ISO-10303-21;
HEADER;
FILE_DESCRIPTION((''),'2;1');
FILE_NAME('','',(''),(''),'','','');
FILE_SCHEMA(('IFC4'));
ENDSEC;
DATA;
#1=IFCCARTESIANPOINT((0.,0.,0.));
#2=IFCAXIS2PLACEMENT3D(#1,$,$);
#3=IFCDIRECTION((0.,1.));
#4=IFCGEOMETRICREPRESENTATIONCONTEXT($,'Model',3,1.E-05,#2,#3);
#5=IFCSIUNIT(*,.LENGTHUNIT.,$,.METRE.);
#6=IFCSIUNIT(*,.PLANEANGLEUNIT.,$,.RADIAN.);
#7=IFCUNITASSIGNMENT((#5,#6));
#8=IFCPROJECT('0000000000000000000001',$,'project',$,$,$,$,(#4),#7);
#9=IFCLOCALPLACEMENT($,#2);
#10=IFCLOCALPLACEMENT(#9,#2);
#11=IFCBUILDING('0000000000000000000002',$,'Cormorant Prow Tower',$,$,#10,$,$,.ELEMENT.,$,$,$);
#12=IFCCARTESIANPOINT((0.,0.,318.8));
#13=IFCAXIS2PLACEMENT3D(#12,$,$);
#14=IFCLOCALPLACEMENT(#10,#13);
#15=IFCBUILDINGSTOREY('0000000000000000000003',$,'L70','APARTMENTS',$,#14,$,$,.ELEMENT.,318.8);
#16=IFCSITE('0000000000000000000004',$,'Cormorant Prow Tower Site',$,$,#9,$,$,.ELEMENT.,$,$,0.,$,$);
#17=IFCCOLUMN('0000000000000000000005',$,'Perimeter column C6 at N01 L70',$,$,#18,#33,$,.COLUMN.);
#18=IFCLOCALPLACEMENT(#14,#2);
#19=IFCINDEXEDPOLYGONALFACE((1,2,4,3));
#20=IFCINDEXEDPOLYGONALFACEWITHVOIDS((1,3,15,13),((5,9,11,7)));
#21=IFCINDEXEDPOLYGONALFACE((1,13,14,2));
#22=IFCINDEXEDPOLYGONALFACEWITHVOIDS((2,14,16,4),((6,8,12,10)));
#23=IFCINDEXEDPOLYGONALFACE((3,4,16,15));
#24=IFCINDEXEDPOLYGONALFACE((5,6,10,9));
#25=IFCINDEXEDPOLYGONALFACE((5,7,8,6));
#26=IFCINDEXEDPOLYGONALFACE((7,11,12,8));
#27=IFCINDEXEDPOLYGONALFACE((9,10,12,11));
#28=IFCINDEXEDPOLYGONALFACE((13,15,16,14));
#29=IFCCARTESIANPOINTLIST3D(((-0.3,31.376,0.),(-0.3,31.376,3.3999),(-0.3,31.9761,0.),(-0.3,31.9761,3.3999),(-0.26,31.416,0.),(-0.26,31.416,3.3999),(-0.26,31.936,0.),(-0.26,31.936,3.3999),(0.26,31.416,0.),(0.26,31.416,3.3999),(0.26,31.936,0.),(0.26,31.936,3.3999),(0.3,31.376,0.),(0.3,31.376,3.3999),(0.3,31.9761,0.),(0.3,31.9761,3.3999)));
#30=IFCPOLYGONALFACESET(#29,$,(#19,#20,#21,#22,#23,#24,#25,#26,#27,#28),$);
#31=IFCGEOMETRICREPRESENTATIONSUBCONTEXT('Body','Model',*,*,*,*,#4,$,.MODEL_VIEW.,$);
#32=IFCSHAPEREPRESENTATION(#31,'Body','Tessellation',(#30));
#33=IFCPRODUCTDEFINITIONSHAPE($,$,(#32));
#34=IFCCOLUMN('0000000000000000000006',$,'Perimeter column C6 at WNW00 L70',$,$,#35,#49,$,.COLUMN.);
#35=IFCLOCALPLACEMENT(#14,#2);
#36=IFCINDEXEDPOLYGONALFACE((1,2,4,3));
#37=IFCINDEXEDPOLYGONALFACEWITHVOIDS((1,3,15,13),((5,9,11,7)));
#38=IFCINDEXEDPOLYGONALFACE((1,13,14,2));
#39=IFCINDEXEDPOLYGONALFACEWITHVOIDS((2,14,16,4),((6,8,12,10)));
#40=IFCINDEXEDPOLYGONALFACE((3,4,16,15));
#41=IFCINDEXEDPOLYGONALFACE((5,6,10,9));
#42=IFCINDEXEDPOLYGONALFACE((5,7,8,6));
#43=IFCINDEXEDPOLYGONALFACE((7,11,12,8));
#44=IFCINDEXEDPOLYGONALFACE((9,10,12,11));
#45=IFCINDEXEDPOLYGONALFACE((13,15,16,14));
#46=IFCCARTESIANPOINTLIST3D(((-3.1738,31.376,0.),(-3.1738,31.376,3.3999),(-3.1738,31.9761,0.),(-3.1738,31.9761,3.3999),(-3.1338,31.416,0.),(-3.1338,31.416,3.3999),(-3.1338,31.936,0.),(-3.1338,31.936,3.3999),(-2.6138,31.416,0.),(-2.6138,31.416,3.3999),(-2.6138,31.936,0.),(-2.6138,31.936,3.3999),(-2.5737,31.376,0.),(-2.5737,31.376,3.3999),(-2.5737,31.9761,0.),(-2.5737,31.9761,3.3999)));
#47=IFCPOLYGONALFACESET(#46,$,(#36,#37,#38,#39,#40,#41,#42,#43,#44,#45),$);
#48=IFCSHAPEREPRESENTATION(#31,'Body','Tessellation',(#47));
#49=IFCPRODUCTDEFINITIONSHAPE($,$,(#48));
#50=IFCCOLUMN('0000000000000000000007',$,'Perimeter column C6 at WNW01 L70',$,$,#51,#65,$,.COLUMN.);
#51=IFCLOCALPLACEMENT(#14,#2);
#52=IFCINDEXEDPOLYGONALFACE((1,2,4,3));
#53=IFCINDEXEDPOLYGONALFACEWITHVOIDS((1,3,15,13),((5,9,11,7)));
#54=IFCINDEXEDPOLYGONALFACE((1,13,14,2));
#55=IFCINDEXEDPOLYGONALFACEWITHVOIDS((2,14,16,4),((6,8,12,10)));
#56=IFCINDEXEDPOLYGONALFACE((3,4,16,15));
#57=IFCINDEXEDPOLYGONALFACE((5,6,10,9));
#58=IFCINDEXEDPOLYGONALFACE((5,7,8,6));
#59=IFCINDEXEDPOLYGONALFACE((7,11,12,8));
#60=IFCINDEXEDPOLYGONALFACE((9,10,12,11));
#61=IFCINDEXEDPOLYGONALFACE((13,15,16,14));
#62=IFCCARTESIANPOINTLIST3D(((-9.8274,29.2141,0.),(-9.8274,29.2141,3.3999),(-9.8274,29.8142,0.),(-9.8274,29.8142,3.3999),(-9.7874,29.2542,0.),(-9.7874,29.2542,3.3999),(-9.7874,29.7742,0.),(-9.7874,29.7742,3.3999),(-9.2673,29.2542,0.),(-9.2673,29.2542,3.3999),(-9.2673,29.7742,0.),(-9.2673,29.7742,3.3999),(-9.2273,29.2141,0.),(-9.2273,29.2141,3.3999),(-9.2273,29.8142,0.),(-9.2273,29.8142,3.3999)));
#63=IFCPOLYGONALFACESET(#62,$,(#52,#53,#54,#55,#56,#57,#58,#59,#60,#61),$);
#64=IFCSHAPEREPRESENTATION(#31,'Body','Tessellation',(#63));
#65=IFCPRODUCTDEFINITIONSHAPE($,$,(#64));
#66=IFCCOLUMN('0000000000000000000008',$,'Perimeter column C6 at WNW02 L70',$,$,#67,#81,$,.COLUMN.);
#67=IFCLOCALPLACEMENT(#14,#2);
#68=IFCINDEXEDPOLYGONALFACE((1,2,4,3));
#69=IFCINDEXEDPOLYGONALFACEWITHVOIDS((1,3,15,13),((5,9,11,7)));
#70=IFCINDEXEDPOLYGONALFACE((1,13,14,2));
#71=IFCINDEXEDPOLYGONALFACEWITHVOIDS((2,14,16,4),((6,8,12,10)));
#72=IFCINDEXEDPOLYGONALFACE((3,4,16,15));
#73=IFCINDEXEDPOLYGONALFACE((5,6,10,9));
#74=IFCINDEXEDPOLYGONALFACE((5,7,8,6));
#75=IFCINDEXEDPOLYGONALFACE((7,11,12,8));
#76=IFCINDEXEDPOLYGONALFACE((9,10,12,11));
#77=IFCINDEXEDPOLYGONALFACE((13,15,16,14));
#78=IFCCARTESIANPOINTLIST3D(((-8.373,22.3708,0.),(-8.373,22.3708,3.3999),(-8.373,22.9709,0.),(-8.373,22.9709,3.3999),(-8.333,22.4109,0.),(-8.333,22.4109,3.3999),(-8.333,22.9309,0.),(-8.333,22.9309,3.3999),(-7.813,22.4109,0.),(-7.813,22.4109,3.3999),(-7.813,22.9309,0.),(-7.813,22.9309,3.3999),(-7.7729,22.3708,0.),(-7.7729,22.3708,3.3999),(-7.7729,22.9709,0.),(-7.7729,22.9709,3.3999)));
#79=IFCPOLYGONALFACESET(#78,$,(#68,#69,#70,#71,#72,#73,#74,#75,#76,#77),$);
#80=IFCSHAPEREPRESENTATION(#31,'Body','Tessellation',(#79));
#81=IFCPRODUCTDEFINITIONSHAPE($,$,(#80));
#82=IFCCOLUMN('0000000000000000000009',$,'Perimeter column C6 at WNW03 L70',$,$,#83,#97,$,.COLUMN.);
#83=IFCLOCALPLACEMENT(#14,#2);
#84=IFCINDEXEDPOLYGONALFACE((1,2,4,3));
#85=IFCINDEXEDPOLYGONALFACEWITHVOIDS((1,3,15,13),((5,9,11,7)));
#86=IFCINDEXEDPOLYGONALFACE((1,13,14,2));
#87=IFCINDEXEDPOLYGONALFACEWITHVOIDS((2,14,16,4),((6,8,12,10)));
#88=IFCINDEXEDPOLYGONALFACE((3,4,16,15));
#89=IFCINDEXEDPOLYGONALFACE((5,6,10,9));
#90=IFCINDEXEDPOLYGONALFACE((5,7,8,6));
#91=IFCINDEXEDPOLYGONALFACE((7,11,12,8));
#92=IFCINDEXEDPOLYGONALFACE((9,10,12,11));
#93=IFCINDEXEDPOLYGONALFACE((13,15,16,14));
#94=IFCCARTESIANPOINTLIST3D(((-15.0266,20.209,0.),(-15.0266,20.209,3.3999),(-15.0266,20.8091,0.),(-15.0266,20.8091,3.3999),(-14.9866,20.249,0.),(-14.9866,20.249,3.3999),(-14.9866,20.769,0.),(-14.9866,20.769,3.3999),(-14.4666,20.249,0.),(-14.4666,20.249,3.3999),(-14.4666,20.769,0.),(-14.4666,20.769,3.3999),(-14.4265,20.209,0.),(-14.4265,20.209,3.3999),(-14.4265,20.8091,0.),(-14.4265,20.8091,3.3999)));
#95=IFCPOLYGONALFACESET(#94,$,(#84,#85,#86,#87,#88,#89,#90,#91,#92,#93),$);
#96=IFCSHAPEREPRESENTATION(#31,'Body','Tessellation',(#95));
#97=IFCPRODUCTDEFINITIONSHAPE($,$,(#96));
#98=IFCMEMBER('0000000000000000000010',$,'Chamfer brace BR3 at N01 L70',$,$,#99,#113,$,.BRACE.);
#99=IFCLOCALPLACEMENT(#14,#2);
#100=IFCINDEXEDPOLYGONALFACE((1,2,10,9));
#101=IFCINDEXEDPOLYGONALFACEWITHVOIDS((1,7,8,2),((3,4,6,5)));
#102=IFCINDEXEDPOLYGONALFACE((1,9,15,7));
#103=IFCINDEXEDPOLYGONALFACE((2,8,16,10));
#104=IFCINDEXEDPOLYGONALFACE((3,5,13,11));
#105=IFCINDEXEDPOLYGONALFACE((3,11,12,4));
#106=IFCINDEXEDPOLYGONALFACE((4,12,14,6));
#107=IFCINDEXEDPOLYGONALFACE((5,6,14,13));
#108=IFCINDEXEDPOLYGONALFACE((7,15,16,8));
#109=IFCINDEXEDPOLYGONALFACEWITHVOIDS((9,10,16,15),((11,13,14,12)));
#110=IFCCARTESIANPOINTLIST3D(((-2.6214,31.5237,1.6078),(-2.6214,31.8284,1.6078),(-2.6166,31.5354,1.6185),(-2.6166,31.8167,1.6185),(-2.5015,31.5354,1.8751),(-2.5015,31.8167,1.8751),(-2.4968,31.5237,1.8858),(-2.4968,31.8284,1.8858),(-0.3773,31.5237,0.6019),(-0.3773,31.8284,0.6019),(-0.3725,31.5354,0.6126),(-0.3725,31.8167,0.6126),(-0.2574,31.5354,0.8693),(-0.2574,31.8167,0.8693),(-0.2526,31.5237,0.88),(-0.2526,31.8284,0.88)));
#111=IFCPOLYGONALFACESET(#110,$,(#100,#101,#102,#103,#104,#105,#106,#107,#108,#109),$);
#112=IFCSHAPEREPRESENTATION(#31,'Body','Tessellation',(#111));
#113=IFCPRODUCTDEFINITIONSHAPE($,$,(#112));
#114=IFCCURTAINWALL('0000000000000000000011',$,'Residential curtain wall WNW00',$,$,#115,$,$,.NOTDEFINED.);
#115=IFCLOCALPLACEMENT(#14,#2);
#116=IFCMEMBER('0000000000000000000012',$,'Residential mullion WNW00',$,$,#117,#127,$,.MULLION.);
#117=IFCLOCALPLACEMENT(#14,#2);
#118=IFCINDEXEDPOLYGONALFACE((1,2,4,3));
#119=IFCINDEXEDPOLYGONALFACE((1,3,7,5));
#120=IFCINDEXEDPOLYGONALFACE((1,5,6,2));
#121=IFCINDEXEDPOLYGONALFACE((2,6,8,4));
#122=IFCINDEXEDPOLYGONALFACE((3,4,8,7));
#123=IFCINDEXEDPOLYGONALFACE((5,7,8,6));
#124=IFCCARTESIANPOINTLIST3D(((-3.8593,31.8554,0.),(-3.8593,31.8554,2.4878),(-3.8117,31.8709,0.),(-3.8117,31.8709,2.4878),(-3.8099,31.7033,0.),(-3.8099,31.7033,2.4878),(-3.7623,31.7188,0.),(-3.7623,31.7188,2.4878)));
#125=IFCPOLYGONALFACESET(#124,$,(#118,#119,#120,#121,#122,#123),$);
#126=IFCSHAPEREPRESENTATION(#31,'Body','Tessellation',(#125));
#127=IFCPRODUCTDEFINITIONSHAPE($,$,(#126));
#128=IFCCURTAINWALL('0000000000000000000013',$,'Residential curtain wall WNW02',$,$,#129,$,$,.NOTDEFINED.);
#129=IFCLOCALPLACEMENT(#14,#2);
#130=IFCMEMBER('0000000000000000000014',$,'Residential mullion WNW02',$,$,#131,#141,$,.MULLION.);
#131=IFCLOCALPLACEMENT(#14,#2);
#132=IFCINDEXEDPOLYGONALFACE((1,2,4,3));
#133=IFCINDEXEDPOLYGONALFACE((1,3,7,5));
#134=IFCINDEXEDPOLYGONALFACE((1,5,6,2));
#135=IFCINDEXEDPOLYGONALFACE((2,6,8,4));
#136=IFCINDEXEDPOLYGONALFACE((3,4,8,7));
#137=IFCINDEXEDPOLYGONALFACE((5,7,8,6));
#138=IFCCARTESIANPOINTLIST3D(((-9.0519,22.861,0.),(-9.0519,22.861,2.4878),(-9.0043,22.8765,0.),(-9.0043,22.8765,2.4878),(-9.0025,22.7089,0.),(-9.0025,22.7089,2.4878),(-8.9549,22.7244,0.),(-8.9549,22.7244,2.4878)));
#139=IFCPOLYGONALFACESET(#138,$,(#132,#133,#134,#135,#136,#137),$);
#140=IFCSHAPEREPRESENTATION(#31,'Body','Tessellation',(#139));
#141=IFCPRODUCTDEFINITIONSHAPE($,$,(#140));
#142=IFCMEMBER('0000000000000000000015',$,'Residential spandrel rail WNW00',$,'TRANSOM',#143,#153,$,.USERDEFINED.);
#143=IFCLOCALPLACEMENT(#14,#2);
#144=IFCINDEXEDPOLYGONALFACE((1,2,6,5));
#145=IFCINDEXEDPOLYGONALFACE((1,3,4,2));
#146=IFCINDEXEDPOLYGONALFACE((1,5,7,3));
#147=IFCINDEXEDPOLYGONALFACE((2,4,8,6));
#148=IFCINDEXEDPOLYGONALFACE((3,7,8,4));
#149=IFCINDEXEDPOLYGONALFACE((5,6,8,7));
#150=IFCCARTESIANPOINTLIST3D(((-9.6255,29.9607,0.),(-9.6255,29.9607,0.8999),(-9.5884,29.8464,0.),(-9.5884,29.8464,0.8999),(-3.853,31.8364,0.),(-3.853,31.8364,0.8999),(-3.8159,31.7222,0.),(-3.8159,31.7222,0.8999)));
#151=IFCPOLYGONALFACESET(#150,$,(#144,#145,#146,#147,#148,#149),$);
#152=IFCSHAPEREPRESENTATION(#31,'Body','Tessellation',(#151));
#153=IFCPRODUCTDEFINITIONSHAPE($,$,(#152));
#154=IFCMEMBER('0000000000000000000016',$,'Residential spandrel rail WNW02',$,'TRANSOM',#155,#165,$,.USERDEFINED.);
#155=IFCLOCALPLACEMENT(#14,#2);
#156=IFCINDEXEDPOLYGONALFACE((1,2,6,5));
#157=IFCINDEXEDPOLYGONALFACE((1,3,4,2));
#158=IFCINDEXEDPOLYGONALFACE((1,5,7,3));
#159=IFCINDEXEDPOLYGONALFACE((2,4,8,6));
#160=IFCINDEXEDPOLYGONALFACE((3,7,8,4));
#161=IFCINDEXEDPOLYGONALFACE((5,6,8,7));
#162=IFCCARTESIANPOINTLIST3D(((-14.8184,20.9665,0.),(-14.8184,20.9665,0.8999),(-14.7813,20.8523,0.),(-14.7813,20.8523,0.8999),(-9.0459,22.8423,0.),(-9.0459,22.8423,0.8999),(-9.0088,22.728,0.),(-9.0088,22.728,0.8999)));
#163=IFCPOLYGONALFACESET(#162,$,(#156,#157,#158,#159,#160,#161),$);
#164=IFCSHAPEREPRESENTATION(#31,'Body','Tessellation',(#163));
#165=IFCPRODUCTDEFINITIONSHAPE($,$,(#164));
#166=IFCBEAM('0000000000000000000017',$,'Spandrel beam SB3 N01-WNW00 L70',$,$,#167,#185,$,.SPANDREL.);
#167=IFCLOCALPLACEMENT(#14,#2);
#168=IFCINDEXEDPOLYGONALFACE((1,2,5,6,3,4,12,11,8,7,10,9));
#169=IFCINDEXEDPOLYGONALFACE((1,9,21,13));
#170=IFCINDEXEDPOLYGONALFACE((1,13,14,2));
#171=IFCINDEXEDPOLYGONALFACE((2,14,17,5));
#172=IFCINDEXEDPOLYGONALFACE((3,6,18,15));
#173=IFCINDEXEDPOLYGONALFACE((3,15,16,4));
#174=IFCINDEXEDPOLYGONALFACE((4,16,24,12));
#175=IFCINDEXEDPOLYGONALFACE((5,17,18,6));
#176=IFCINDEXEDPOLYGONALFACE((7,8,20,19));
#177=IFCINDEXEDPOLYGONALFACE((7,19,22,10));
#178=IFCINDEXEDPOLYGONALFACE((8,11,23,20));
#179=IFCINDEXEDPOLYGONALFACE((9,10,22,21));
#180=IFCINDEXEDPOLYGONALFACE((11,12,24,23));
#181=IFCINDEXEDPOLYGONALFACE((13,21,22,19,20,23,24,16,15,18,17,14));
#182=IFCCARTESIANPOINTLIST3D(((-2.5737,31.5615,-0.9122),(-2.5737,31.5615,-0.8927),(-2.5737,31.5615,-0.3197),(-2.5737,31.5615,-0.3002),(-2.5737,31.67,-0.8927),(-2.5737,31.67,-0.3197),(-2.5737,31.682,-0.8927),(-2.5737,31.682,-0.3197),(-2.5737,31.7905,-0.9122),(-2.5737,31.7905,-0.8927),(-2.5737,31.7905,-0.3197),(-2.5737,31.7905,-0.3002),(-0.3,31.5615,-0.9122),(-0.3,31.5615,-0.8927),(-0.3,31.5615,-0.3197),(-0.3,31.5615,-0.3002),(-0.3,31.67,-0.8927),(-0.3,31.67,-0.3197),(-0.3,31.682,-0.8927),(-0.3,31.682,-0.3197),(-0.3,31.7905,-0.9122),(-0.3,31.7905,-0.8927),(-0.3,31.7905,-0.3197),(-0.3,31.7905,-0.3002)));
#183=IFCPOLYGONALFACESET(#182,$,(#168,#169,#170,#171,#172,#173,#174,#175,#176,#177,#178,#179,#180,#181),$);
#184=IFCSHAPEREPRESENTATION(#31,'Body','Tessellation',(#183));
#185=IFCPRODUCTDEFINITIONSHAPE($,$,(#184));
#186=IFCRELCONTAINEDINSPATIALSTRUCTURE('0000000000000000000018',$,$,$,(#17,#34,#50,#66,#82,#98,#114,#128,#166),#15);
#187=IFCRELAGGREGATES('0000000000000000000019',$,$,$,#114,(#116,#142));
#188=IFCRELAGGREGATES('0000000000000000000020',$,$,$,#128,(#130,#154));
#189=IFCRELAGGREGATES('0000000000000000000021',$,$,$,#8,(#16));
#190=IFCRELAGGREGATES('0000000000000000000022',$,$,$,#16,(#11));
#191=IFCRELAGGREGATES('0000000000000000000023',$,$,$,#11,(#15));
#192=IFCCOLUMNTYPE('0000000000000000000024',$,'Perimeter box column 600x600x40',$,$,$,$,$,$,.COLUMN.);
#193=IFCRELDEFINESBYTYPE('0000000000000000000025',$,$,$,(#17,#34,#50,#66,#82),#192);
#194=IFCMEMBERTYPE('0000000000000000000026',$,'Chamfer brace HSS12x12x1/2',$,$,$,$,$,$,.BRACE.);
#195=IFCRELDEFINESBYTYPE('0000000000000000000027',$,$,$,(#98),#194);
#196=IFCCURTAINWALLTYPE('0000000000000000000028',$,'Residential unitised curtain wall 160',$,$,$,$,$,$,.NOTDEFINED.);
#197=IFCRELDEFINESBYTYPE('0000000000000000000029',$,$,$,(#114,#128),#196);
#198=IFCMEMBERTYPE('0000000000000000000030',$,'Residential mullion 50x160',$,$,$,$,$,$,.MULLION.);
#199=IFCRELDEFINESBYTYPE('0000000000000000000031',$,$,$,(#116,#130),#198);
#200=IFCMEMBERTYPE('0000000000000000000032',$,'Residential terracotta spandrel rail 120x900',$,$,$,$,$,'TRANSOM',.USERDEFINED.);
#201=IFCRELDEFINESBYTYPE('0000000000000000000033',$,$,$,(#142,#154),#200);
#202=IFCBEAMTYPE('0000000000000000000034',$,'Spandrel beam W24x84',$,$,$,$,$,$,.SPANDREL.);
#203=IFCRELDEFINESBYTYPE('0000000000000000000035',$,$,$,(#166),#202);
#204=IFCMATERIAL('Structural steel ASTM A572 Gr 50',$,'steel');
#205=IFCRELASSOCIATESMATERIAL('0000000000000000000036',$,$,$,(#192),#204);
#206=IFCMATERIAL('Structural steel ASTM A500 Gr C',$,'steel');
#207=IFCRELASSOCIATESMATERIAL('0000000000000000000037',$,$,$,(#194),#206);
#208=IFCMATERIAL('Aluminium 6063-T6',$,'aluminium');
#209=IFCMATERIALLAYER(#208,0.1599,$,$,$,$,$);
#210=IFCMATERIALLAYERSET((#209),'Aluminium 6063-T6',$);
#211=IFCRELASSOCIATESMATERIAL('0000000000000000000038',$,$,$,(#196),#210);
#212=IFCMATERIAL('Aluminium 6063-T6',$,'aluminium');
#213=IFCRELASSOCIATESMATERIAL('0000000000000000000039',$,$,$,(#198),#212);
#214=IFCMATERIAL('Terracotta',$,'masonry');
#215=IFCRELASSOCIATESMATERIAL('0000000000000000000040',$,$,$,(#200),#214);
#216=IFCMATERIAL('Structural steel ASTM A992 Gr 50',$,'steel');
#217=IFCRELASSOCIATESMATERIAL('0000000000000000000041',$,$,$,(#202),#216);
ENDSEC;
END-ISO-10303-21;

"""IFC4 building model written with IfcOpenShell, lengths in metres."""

from ifc_helpers import new_model, si_unit, direction, frame, origin, origin_2d, place, context, subcontext, project, spatial, rectangle, hollow_rectangle, i_section, extrude, material, layer, layer_set, material_profile, profile_set, type_object, element, aggregate, save


model = new_model("IFC4")

# Units and contexts
model_context = context("Model", 3, precision=1e-05, world=origin(), true_north=direction((0.0, 1.0)))
body_context = subcontext(model_context, "Body", "Model", "MODEL_VIEW")
ifc_project = project(units=[si_unit("LENGTHUNIT", "METRE"), si_unit("PLANEANGLEUNIT", "RADIAN")], contexts=[model_context])

# Site, building, storey
site_placement = place(None, origin())
site = spatial("IfcSite", under=ifc_project, at=site_placement, Name="Cormorant Prow Tower Site", CompositionType="ELEMENT", RefElevation=0.0)
building_placement = place(site_placement, origin())
building = spatial("IfcBuilding", under=site, at=building_placement, Name="Cormorant Prow Tower", CompositionType="ELEMENT")
storey_placement = place(building_placement, frame((0.0, 0.0, 318.8)))
storey = spatial("IfcBuildingStorey", under=building, at=storey_placement, Name="L70", Description="APARTMENTS", CompositionType="ELEMENT", Elevation=318.8)

# Columns
ifc_material_1 = material(Name="Structural steel ASTM A572 Gr 50", Category="steel")
ifc_material_profile_1 = material_profile(ifc_material_1, hollow_rectangle(XDim=0.6001, YDim=0.6001, WallThickness=0.04, at=origin_2d()), Name="Box 600x600x40")
ifc_profile_set_1 = profile_set([ifc_material_profile_1], Name="Structural steel ASTM A572 Gr 50")
column_type = type_object("IfcColumnType", Name="Perimeter box column 600x600x40", PredefinedType="COLUMN", material=ifc_profile_set_1)
for number, where, z_axis, x_axis, name in (
    (1, (0.0, 31.676, 0.0), (0.0, 0.0, 1.0), (1.0, 0.0, 0.0), "Perimeter column C6 at N01 L70"),
    (2, (-2.8738, 31.676, 0.0), (0.0, 0.0, 1.0), (1.0, 0.0, 0.0), "Perimeter column C6 at WNW00 L70"),
    (3, (-9.5273, 29.5142, 0.0), (0.0, 0.0, 1.0), (1.0, 0.0, 0.0), "Perimeter column C6 at WNW01 L70"),
    (4, (-8.073, 22.6709, 0.0), (0.0, 0.0, 1.0), (1.0, 0.0, 0.0), "Perimeter column C6 at WNW02 L70"),
    (5, (-14.7266, 20.509, 0.0), (0.0, 0.0, 1.0), (1.0, 0.0, 0.0), "Perimeter column C6 at WNW03 L70"),
):
    element("IfcColumn", number, at=place(storey_placement, frame(where, z_axis=z_axis, x_axis=x_axis)), inside=storey, type_object=column_type, Name=name, PredefinedType="COLUMN", context=body_context, shape_type="SweptSolid", body=[
        extrude(hollow_rectangle(XDim=0.6001, YDim=0.6001, WallThickness=0.04, at=origin_2d()), origin(), (0.0, 0.0, 1.0), 3.3999),
    ])

# Member
ifc_material_2 = material(Name="Structural steel ASTM A500 Gr C", Category="steel")
ifc_material_profile_2 = material_profile(ifc_material_2, hollow_rectangle(XDim=0.3047, YDim=0.3047, WallThickness=0.0117, at=origin_2d()), Name="HSS12x12x1/2")
ifc_profile_set_2 = profile_set([ifc_material_profile_2], Name="Structural steel ASTM A500 Gr C")
member_type_1 = type_object("IfcMemberType", Name="Chamfer brace HSS12x12x1/2", PredefinedType="BRACE", material=ifc_profile_set_2)
member_1_placement = place(storey_placement, frame((-0.3149, 31.676, 0.741), z_axis=(-0.91253, 0.0, 0.40901), x_axis=(0.0, -1.0, 0.0)))
element("IfcMember", 6, at=member_1_placement, inside=storey, type_object=member_type_1, Name="Chamfer brace BR3 at N01 L70", PredefinedType="BRACE", context=body_context, shape_type="SweptSolid", body=[
    extrude(hollow_rectangle(XDim=0.3047, YDim=0.3047, WallThickness=0.0117, at=origin_2d()), origin(), (0.0, 0.0, 1.0), 2.4592),
])

# Curtain walls, members
ifc_material_3 = material(Name="Aluminium 6063-T6", Category="aluminium")
ifc_layer_1 = layer(ifc_material_3, 0.1599)
ifc_layer_set_1 = layer_set([ifc_layer_1], Name="Aluminium 6063-T6")
curtain_wall_type = type_object("IfcCurtainWallType", Name="Residential unitised curtain wall 160", PredefinedType="NOTDEFINED", material=ifc_layer_set_1)
curtain_wall_1_placement = place(storey_placement, origin())
curtain_wall_1 = element("IfcCurtainWall", 7, at=curtain_wall_1_placement, inside=storey, type_object=curtain_wall_type, Name="Residential curtain wall WNW00", PredefinedType="NOTDEFINED")
ifc_material_4 = material(Name="Aluminium 6063-T6", Category="aluminium")
ifc_material_profile_3 = material_profile(ifc_material_4, rectangle(XDim=0.1599, YDim=0.05, at=origin_2d()), Name="Residential mullion 50x160")
ifc_profile_set_3 = profile_set([ifc_material_profile_3], Name="Aluminium 6063-T6")
member_type_2 = type_object("IfcMemberType", Name="Residential mullion 50x160", PredefinedType="MULLION", material=ifc_profile_set_3)
member_2_placement = place(storey_placement, frame((-3.8108, 31.7871, 0.0), z_axis=(0.0, 0.0, 1.0), x_axis=(0.309017, -0.951057, 0.0)))
member_2 = element("IfcMember", 8, at=member_2_placement, type_object=member_type_2, Name="Residential mullion WNW00", PredefinedType="MULLION", context=body_context, shape_type="SweptSolid", body=[
    extrude(rectangle(XDim=0.1599, YDim=0.05, at=origin_2d()), origin(), (0.0, 0.0, 1.0), 2.4878),
])
curtain_wall_2_placement = place(storey_placement, origin())
curtain_wall_2 = element("IfcCurtainWall", 9, at=curtain_wall_2_placement, inside=storey, type_object=curtain_wall_type, Name="Residential curtain wall WNW02", PredefinedType="NOTDEFINED")
member_3_placement = place(storey_placement, frame((-9.0034, 22.7927, 0.0), z_axis=(0.0, 0.0, 1.0), x_axis=(0.309017, -0.951057, 0.0)))
member_3 = element("IfcMember", 10, at=member_3_placement, type_object=member_type_2, Name="Residential mullion WNW02", PredefinedType="MULLION", context=body_context, shape_type="SweptSolid", body=[
    extrude(rectangle(XDim=0.1599, YDim=0.05, at=origin_2d()), origin(), (0.0, 0.0, 1.0), 2.4878),
])

# Members
ifc_material_5 = material(Name="Terracotta", Category="masonry")
ifc_material_profile_4 = material_profile(ifc_material_5, rectangle(XDim=0.1201, YDim=0.8999, at=origin_2d()), Name="Residential terracotta spandrel rail 120x900")
ifc_profile_set_4 = profile_set([ifc_material_profile_4], Name="Terracotta")
member_type_3 = type_object("IfcMemberType", Name="Residential terracotta spandrel rail 120x900", ElementType="TRANSOM", PredefinedType="USERDEFINED", material=ifc_profile_set_4)
member_4_placement = place(storey_placement, frame((-3.8345, 31.7793, 0.45), z_axis=(-0.951049, -0.309039, 0.0), x_axis=(0.309039, -0.951049, 0.0)))
member_4 = element("IfcMember", 11, at=member_4_placement, type_object=member_type_3, Name="Residential spandrel rail WNW00", ObjectType="TRANSOM", PredefinedType="USERDEFINED", context=body_context, shape_type="SweptSolid", body=[
    extrude(rectangle(XDim=0.1201, YDim=0.8999, at=origin_2d()), origin(), (0.0, 0.0, 1.0), 6.0696),
])
member_5_placement = place(storey_placement, frame((-9.0273, 22.7852, 0.45), z_axis=(-0.951049, -0.309039, 0.0), x_axis=(0.309039, -0.951049, 0.0)))
member_5 = element("IfcMember", 12, at=member_5_placement, type_object=member_type_3, Name="Residential spandrel rail WNW02", ObjectType="TRANSOM", PredefinedType="USERDEFINED", context=body_context, shape_type="SweptSolid", body=[
    extrude(rectangle(XDim=0.1201, YDim=0.8999, at=origin_2d()), origin(), (0.0, 0.0, 1.0), 6.0696),
])

# Beam
ifc_material_6 = material(Name="Structural steel ASTM A992 Gr 50", Category="steel")
ifc_material_profile_5 = material_profile(ifc_material_6, i_section(OverallWidth=0.229, OverallDepth=0.6121, WebThickness=0.012, FlangeThickness=0.0195, at=origin_2d()), Name="W24x84")
ifc_profile_set_5 = profile_set([ifc_material_profile_5], Name="Structural steel ASTM A992 Gr 50")
beam_type = type_object("IfcBeamType", Name="Spandrel beam W24x84", PredefinedType="SPANDREL", material=ifc_profile_set_5)
beam_1_placement = place(storey_placement, frame((-0.3, 31.676, -0.6062), z_axis=(-1.0, 0.0, 0.0), x_axis=(0.0, -1.0, 0.0)))
element("IfcBeam", 13, at=beam_1_placement, inside=storey, type_object=beam_type, Name="Spandrel beam SB3 N01-WNW00 L70", PredefinedType="SPANDREL", context=body_context, shape_type="SweptSolid", body=[
    extrude(i_section(OverallWidth=0.229, OverallDepth=0.6121, WebThickness=0.012, FlangeThickness=0.0195, at=origin_2d()), origin(), (0.0, 0.0, 1.0), 2.2737),
])

aggregate(curtain_wall_1, [member_2, member_4])
aggregate(curtain_wall_2, [member_3, member_5])

save(model, "model.ifc")
